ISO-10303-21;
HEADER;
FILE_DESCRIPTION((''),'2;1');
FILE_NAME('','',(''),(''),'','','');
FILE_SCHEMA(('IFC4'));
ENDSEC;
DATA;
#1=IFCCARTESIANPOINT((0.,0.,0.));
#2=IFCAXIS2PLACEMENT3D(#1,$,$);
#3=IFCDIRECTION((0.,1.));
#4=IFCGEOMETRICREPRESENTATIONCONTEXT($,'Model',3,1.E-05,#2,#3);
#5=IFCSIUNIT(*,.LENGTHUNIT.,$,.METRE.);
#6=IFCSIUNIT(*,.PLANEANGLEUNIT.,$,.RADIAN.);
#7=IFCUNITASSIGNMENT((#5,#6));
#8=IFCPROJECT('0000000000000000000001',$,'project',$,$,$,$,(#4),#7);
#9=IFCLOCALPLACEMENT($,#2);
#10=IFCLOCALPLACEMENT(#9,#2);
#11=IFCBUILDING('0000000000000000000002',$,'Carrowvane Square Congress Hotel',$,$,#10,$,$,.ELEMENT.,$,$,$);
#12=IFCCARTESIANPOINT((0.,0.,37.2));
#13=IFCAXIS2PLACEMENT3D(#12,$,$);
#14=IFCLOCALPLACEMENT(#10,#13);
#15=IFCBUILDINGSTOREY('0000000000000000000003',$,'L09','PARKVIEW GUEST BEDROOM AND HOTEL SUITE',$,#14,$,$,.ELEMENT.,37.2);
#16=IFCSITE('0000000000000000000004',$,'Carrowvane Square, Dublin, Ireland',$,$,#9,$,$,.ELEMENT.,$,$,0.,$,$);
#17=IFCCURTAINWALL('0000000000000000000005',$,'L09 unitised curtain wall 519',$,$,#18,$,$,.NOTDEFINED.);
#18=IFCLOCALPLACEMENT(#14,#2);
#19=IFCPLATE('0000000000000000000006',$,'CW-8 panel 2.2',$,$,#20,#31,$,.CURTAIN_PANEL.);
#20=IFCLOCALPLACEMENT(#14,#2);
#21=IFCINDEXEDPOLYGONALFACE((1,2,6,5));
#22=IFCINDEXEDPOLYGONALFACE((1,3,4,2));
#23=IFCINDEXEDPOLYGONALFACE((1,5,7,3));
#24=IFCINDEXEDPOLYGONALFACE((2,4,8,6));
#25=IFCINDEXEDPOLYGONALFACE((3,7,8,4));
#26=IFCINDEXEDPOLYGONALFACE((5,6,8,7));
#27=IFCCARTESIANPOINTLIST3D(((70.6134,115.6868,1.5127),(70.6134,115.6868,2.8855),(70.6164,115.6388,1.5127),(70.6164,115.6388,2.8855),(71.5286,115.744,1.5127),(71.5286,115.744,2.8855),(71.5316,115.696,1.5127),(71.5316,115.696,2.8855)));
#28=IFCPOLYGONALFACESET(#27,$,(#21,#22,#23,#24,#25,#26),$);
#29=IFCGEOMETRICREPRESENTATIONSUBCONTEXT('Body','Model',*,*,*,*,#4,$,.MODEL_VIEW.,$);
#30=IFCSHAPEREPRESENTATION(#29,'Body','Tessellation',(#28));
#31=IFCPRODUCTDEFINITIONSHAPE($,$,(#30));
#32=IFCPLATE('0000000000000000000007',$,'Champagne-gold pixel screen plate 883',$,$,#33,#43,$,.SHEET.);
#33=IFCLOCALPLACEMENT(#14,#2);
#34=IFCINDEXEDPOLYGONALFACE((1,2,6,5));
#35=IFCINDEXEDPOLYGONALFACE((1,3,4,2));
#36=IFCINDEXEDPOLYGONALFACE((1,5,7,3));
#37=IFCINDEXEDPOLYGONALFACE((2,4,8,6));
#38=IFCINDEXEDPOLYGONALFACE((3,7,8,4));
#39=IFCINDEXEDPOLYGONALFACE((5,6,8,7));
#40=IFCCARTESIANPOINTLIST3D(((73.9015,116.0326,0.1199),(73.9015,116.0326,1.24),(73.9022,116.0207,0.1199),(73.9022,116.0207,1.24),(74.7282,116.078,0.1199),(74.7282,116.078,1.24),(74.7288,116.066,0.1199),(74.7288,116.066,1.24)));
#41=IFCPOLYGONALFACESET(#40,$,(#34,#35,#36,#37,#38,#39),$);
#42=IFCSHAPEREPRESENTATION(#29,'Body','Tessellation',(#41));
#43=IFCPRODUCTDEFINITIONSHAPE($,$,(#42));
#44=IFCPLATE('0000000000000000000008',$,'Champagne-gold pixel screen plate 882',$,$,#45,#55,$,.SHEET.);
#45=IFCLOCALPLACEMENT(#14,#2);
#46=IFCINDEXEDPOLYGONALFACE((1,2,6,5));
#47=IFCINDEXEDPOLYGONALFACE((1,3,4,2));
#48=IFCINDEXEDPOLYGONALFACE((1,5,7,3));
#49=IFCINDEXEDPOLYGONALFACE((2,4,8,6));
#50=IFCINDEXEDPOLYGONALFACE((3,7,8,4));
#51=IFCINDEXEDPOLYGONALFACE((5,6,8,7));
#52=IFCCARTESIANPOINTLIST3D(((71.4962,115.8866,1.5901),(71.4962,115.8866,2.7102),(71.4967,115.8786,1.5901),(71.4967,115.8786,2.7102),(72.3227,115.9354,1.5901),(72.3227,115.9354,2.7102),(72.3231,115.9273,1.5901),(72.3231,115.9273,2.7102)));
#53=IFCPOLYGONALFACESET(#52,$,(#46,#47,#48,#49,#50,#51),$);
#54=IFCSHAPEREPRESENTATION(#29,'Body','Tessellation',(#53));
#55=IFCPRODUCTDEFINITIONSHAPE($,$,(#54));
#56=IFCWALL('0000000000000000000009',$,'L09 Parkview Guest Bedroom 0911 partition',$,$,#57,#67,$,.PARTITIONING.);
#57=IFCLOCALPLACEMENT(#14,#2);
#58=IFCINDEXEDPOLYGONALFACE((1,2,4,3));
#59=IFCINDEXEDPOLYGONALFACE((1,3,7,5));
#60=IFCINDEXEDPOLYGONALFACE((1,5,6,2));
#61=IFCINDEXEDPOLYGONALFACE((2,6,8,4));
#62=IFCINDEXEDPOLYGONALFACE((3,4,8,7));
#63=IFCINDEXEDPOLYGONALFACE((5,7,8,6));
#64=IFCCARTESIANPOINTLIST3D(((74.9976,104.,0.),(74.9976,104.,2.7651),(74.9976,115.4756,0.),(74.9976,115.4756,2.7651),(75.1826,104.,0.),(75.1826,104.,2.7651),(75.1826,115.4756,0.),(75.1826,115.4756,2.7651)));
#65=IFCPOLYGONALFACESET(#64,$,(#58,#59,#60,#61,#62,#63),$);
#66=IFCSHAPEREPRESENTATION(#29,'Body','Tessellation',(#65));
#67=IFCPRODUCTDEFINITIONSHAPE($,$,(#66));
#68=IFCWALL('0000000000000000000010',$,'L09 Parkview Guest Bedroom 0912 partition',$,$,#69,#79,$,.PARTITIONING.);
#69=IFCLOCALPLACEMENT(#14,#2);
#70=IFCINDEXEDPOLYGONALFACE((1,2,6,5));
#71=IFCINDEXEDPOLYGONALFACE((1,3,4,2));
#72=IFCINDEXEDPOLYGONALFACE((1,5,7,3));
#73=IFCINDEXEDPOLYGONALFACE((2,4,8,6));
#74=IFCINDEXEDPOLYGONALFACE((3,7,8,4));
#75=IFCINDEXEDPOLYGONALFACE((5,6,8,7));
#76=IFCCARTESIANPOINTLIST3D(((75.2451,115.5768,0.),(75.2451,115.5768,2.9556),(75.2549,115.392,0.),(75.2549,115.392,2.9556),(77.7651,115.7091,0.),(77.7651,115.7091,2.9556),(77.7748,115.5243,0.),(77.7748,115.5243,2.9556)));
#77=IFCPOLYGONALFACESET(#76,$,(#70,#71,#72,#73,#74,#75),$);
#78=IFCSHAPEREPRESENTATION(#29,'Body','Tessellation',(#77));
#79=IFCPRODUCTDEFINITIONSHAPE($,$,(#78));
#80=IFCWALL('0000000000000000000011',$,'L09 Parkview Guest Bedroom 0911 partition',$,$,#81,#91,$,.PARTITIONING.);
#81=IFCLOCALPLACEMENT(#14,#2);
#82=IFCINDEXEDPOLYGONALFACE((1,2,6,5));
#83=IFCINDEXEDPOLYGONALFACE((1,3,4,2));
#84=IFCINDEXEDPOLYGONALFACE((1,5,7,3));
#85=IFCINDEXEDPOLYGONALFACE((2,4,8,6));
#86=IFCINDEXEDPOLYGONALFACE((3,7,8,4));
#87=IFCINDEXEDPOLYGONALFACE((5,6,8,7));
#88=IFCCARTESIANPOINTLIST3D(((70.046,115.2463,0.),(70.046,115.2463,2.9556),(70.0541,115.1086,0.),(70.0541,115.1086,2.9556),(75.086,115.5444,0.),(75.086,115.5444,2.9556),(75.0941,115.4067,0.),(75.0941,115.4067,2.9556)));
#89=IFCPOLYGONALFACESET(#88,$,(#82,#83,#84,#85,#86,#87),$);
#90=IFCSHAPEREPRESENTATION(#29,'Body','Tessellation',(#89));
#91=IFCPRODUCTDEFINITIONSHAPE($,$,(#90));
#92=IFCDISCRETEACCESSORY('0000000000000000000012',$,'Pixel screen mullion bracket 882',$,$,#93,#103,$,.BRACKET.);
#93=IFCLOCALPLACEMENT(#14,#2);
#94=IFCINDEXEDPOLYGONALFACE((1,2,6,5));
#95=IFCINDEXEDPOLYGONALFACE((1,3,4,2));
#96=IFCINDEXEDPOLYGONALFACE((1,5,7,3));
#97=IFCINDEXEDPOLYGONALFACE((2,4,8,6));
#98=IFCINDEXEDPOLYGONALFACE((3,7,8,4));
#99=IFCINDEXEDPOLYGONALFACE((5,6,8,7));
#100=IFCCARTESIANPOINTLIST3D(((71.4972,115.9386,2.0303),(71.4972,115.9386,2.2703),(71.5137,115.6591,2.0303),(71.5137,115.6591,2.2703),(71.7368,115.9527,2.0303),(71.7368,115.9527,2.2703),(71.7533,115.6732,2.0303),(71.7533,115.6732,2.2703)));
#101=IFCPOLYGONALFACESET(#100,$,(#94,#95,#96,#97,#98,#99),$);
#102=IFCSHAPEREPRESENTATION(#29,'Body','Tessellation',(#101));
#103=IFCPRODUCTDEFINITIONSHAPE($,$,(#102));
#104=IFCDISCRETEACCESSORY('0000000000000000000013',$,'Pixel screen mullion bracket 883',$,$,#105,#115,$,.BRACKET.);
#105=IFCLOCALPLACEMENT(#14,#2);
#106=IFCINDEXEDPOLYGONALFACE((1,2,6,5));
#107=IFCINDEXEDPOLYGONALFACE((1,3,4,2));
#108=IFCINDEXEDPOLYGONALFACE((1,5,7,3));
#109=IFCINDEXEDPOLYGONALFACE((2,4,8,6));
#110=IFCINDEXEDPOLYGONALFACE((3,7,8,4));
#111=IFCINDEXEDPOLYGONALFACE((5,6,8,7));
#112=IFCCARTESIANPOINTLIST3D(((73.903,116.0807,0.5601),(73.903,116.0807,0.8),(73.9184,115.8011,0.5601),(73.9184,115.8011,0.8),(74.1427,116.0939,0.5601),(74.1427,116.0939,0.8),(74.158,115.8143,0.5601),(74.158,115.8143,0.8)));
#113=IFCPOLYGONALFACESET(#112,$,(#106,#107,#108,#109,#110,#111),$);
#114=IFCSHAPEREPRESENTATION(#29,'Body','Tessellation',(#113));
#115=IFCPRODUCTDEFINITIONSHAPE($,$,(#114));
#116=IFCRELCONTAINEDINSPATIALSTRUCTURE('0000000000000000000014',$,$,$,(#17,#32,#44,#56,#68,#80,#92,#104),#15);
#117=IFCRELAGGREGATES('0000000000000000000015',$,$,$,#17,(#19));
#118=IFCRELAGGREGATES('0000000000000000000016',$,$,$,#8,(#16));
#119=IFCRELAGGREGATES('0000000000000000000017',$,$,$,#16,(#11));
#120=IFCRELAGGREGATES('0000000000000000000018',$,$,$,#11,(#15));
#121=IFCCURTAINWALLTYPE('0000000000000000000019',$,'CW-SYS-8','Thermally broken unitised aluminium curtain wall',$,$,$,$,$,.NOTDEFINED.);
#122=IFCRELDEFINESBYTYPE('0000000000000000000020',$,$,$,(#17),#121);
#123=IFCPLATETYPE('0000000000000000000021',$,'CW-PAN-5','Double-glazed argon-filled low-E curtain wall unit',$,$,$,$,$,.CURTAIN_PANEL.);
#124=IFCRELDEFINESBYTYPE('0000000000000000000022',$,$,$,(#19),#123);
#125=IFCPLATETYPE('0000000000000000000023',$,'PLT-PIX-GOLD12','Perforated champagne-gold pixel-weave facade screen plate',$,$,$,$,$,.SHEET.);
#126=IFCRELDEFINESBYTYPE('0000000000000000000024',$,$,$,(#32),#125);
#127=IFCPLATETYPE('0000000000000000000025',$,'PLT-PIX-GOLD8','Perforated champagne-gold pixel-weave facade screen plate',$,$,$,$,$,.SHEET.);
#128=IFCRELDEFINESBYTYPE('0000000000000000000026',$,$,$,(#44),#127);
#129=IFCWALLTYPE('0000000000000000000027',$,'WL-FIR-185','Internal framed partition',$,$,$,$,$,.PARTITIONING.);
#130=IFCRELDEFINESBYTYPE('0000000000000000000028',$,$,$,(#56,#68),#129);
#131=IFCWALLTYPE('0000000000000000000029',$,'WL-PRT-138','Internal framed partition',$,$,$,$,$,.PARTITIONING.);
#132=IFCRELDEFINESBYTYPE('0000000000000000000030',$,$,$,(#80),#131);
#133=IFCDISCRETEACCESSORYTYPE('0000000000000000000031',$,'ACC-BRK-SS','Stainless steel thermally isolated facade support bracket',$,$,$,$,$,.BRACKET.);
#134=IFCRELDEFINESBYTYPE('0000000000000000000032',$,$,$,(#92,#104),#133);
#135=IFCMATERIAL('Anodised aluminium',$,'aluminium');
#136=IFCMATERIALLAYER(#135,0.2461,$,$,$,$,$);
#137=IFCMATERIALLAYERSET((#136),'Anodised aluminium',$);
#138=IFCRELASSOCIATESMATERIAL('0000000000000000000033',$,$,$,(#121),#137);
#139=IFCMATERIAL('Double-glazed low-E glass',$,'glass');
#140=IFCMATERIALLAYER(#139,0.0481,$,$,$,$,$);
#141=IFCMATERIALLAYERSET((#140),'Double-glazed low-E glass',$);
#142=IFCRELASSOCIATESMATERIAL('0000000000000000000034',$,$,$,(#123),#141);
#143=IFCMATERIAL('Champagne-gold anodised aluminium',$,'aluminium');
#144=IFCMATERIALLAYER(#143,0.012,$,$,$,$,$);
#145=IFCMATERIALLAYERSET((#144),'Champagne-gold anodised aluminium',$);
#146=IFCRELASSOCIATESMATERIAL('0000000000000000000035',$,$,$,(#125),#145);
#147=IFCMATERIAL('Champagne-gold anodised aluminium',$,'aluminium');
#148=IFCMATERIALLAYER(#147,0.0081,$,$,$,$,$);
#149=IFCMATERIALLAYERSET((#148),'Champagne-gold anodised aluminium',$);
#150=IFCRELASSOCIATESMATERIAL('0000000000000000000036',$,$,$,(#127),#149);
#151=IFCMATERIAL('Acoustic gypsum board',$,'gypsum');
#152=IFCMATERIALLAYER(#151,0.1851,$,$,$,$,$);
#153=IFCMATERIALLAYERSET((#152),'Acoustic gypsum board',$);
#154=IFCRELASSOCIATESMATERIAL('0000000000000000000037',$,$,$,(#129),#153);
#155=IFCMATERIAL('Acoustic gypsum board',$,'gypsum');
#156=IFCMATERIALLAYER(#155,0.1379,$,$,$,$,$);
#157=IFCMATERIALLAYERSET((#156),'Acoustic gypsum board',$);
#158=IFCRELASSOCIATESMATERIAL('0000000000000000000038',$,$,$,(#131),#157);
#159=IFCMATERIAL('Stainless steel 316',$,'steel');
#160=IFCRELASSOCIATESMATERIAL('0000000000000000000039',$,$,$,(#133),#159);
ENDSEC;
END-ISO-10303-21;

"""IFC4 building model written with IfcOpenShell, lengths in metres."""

from ifc_helpers import new_model, si_unit, direction, frame, frame_2d, origin, origin_2d, place, context, subcontext, project, spatial, rectangle, extrude, material, layer, layer_set, type_object, element, aggregate, save


model = new_model("IFC4")

# Units and contexts
model_context = context("Model", 3, precision=1e-05, world=origin(), true_north=direction((0.0, 1.0)))
body_context = subcontext(model_context, "Body", "Model", "MODEL_VIEW")
ifc_project = project(units=[si_unit("LENGTHUNIT", "METRE"), si_unit("PLANEANGLEUNIT", "RADIAN")], contexts=[model_context])

# Site, building, storey
site_placement = place(None, origin())
site = spatial("IfcSite", under=ifc_project, at=site_placement, Name="Carrowvane Square, Dublin, Ireland", CompositionType="ELEMENT", RefElevation=0.0)
building_placement = place(site_placement, origin())
building = spatial("IfcBuilding", under=site, at=building_placement, Name="Carrowvane Square Congress Hotel", CompositionType="ELEMENT")
storey_placement = place(building_placement, frame((0.0, 0.0, 37.2)))
storey = spatial("IfcBuildingStorey", under=building, at=storey_placement, Name="L09", Description="PARKVIEW GUEST BEDROOM AND HOTEL SUITE", CompositionType="ELEMENT", Elevation=37.2)

# Curtain wall
ifc_material_1 = material(Name="Anodised aluminium", Category="aluminium")
ifc_layer_1 = layer(ifc_material_1, 0.2461)
ifc_layer_set_1 = layer_set([ifc_layer_1], Name="Anodised aluminium")
curtain_wall_type_1 = type_object("IfcCurtainWallType", Name="CW-SYS-8", Description="Thermally broken unitised aluminium curtain wall", PredefinedType="NOTDEFINED", material=ifc_layer_set_1)
curtain_wall_1_placement = place(storey_placement, origin())
curtain_wall_1 = element("IfcCurtainWall", 1, at=curtain_wall_1_placement, inside=storey, type_object=curtain_wall_type_1, Name="L09 unitised curtain wall 519", PredefinedType="NOTDEFINED")

# Plate
ifc_material_2 = material(Name="Double-glazed low-E glass", Category="glass")
ifc_layer_2 = layer(ifc_material_2, 0.0481)
ifc_layer_set_2 = layer_set([ifc_layer_2], Name="Double-glazed low-E glass")
plate_type_1 = type_object("IfcPlateType", Name="CW-PAN-5", Description="Double-glazed argon-filled low-E curtain wall unit", PredefinedType="CURTAIN_PANEL", material=ifc_layer_set_2)
plate_1_placement = place(storey_placement, frame((71.0725, 115.6914, 1.5127), z_axis=(0.0, 0.0, 1.0), x_axis=(0.998051, 0.062397, 0.0)))
plate_1 = element("IfcPlate", 2, at=plate_1_placement, type_object=plate_type_1, Name="CW-8 panel 2.2", PredefinedType="CURTAIN_PANEL", context=body_context, shape_type="SweptSolid", body=[
    extrude(rectangle(XDim=0.917, YDim=0.0481, at=origin_2d()), origin(), (0.0, 0.0, 1.0), 1.3728),
])
aggregate(curtain_wall_1, [plate_1])

# Plates
ifc_material_3 = material(Name="Champagne-gold anodised aluminium", Category="aluminium")
ifc_layer_3 = layer(ifc_material_3, 0.012)
ifc_layer_set_3 = layer_set([ifc_layer_3], Name="Champagne-gold anodised aluminium")
plate_type_2 = type_object("IfcPlateType", Name="PLT-PIX-GOLD12", Description="Perforated champagne-gold pixel-weave facade screen plate", PredefinedType="SHEET", material=ifc_layer_set_3)
plate_2_placement = place(storey_placement, frame((74.3152, 116.0493, 0.1199), z_axis=(0.0, 0.0, 1.0), x_axis=(0.998497, 0.054815, 0.0)))
element("IfcPlate", 3, at=plate_2_placement, inside=storey, type_object=plate_type_2, Name="Champagne-gold pixel screen plate 883", PredefinedType="SHEET", context=body_context, shape_type="SweptSolid", body=[
    extrude(rectangle(XDim=0.8279, YDim=0.012, at=origin_2d()), origin(), (0.0, 0.0, 1.0), 1.1201),
])
ifc_material_4 = material(Name="Champagne-gold anodised aluminium", Category="aluminium")
ifc_layer_4 = layer(ifc_material_4, 0.0081)
ifc_layer_set_4 = layer_set([ifc_layer_4], Name="Champagne-gold anodised aluminium")
plate_type_3 = type_object("IfcPlateType", Name="PLT-PIX-GOLD8", Description="Perforated champagne-gold pixel-weave facade screen plate", PredefinedType="SHEET", material=ifc_layer_set_4)
plate_3_placement = place(storey_placement, frame((71.9097, 115.907, 1.5901), z_axis=(0.0, 0.0, 1.0), x_axis=(0.998267, 0.058852, 0.0)))
element("IfcPlate", 4, at=plate_3_placement, inside=storey, type_object=plate_type_3, Name="Champagne-gold pixel screen plate 882", PredefinedType="SHEET", context=body_context, shape_type="SweptSolid", body=[
    extrude(rectangle(XDim=0.8279, YDim=0.0081, at=origin_2d()), origin(), (0.0, 0.0, 1.0), 1.1201),
])

# Walls
ifc_material_5 = material(Name="Acoustic gypsum board", Category="gypsum")
ifc_layer_5 = layer(ifc_material_5, 0.1851)
ifc_layer_set_5 = layer_set([ifc_layer_5], Name="Acoustic gypsum board")
wall_type_1 = type_object("IfcWallType", Name="WL-FIR-185", Description="Internal framed partition", PredefinedType="PARTITIONING", material=ifc_layer_set_5)
wall_1_placement = place(storey_placement, frame((75.0901, 115.4756, 0.0), z_axis=(0.0, 0.0, 1.0), x_axis=(0.0, -1.0, 0.0)))
element("IfcWall", 5, at=wall_1_placement, inside=storey, type_object=wall_type_1, Name="L09 Parkview Guest Bedroom 0911 partition", PredefinedType="PARTITIONING", context=body_context, shape_type="SweptSolid", body=[
    extrude(rectangle(XDim=11.4756, YDim=0.1851, at=frame_2d((5.7378, 0.0))), origin(), (0.0, 0.0, 1.0), 2.7651),
])
wall_2_placement = place(storey_placement, frame((75.25, 115.4844, 0.0), z_axis=(0.0, 0.0, 1.0), x_axis=(0.998624, 0.052437, 0.0)))
element("IfcWall", 6, at=wall_2_placement, inside=storey, type_object=wall_type_1, Name="L09 Parkview Guest Bedroom 0912 partition", PredefinedType="PARTITIONING", context=body_context, shape_type="SweptSolid", body=[
    extrude(rectangle(XDim=2.5234, YDim=0.1851, at=frame_2d((1.2617, 0.0))), origin(), (0.0, 0.0, 1.0), 2.9556),
])
ifc_material_6 = material(Name="Acoustic gypsum board", Category="gypsum")
ifc_layer_6 = layer(ifc_material_6, 0.1379)
ifc_layer_set_6 = layer_set([ifc_layer_6], Name="Acoustic gypsum board")
wall_type_2 = type_object("IfcWallType", Name="WL-PRT-138", Description="Internal framed partition", PredefinedType="PARTITIONING", material=ifc_layer_set_6)
wall_3_placement = place(storey_placement, frame((70.05, 115.1775, 0.0), z_axis=(0.0, 0.0, 1.0), x_axis=(0.998255, 0.059042, 0.0)))
element("IfcWall", 7, at=wall_3_placement, inside=storey, type_object=wall_type_2, Name="L09 Parkview Guest Bedroom 0911 partition", PredefinedType="PARTITIONING", context=body_context, shape_type="SweptSolid", body=[
    extrude(rectangle(XDim=5.0488, YDim=0.1379, at=frame_2d((2.5244, 0.0))), origin(), (0.0, 0.0, 1.0), 2.9556),
])

# Discrete accessories
ifc_material_7 = material(Name="Stainless steel 316", Category="steel")
discrete_accessory_type = type_object("IfcDiscreteAccessoryType", Name="ACC-BRK-SS", Description="Stainless steel thermally isolated facade support bracket", PredefinedType="BRACKET", material=ifc_material_7)
for number, where, z_axis, x_axis, name in (
    (8, (71.6252, 115.8059, 2.0303), (0.0, 0.0, 1.0), (0.998267, 0.058852, 0.0), "Pixel screen mullion bracket 882"),
    (9, (74.0305, 115.9475, 0.5601), (0.0, 0.0, 1.0), (0.998497, 0.054815, 0.0), "Pixel screen mullion bracket 883"),
):
    element("IfcDiscreteAccessory", number, at=place(storey_placement, frame(where, z_axis=z_axis, x_axis=x_axis)), inside=storey, type_object=discrete_accessory_type, Name=name, PredefinedType="BRACKET", context=body_context, shape_type="SweptSolid", body=[
        extrude(rectangle(XDim=0.24, YDim=0.28, at=origin_2d()), origin(), (0.0, 0.0, 1.0), 0.24),
    ])

save(model, "model.ifc")
